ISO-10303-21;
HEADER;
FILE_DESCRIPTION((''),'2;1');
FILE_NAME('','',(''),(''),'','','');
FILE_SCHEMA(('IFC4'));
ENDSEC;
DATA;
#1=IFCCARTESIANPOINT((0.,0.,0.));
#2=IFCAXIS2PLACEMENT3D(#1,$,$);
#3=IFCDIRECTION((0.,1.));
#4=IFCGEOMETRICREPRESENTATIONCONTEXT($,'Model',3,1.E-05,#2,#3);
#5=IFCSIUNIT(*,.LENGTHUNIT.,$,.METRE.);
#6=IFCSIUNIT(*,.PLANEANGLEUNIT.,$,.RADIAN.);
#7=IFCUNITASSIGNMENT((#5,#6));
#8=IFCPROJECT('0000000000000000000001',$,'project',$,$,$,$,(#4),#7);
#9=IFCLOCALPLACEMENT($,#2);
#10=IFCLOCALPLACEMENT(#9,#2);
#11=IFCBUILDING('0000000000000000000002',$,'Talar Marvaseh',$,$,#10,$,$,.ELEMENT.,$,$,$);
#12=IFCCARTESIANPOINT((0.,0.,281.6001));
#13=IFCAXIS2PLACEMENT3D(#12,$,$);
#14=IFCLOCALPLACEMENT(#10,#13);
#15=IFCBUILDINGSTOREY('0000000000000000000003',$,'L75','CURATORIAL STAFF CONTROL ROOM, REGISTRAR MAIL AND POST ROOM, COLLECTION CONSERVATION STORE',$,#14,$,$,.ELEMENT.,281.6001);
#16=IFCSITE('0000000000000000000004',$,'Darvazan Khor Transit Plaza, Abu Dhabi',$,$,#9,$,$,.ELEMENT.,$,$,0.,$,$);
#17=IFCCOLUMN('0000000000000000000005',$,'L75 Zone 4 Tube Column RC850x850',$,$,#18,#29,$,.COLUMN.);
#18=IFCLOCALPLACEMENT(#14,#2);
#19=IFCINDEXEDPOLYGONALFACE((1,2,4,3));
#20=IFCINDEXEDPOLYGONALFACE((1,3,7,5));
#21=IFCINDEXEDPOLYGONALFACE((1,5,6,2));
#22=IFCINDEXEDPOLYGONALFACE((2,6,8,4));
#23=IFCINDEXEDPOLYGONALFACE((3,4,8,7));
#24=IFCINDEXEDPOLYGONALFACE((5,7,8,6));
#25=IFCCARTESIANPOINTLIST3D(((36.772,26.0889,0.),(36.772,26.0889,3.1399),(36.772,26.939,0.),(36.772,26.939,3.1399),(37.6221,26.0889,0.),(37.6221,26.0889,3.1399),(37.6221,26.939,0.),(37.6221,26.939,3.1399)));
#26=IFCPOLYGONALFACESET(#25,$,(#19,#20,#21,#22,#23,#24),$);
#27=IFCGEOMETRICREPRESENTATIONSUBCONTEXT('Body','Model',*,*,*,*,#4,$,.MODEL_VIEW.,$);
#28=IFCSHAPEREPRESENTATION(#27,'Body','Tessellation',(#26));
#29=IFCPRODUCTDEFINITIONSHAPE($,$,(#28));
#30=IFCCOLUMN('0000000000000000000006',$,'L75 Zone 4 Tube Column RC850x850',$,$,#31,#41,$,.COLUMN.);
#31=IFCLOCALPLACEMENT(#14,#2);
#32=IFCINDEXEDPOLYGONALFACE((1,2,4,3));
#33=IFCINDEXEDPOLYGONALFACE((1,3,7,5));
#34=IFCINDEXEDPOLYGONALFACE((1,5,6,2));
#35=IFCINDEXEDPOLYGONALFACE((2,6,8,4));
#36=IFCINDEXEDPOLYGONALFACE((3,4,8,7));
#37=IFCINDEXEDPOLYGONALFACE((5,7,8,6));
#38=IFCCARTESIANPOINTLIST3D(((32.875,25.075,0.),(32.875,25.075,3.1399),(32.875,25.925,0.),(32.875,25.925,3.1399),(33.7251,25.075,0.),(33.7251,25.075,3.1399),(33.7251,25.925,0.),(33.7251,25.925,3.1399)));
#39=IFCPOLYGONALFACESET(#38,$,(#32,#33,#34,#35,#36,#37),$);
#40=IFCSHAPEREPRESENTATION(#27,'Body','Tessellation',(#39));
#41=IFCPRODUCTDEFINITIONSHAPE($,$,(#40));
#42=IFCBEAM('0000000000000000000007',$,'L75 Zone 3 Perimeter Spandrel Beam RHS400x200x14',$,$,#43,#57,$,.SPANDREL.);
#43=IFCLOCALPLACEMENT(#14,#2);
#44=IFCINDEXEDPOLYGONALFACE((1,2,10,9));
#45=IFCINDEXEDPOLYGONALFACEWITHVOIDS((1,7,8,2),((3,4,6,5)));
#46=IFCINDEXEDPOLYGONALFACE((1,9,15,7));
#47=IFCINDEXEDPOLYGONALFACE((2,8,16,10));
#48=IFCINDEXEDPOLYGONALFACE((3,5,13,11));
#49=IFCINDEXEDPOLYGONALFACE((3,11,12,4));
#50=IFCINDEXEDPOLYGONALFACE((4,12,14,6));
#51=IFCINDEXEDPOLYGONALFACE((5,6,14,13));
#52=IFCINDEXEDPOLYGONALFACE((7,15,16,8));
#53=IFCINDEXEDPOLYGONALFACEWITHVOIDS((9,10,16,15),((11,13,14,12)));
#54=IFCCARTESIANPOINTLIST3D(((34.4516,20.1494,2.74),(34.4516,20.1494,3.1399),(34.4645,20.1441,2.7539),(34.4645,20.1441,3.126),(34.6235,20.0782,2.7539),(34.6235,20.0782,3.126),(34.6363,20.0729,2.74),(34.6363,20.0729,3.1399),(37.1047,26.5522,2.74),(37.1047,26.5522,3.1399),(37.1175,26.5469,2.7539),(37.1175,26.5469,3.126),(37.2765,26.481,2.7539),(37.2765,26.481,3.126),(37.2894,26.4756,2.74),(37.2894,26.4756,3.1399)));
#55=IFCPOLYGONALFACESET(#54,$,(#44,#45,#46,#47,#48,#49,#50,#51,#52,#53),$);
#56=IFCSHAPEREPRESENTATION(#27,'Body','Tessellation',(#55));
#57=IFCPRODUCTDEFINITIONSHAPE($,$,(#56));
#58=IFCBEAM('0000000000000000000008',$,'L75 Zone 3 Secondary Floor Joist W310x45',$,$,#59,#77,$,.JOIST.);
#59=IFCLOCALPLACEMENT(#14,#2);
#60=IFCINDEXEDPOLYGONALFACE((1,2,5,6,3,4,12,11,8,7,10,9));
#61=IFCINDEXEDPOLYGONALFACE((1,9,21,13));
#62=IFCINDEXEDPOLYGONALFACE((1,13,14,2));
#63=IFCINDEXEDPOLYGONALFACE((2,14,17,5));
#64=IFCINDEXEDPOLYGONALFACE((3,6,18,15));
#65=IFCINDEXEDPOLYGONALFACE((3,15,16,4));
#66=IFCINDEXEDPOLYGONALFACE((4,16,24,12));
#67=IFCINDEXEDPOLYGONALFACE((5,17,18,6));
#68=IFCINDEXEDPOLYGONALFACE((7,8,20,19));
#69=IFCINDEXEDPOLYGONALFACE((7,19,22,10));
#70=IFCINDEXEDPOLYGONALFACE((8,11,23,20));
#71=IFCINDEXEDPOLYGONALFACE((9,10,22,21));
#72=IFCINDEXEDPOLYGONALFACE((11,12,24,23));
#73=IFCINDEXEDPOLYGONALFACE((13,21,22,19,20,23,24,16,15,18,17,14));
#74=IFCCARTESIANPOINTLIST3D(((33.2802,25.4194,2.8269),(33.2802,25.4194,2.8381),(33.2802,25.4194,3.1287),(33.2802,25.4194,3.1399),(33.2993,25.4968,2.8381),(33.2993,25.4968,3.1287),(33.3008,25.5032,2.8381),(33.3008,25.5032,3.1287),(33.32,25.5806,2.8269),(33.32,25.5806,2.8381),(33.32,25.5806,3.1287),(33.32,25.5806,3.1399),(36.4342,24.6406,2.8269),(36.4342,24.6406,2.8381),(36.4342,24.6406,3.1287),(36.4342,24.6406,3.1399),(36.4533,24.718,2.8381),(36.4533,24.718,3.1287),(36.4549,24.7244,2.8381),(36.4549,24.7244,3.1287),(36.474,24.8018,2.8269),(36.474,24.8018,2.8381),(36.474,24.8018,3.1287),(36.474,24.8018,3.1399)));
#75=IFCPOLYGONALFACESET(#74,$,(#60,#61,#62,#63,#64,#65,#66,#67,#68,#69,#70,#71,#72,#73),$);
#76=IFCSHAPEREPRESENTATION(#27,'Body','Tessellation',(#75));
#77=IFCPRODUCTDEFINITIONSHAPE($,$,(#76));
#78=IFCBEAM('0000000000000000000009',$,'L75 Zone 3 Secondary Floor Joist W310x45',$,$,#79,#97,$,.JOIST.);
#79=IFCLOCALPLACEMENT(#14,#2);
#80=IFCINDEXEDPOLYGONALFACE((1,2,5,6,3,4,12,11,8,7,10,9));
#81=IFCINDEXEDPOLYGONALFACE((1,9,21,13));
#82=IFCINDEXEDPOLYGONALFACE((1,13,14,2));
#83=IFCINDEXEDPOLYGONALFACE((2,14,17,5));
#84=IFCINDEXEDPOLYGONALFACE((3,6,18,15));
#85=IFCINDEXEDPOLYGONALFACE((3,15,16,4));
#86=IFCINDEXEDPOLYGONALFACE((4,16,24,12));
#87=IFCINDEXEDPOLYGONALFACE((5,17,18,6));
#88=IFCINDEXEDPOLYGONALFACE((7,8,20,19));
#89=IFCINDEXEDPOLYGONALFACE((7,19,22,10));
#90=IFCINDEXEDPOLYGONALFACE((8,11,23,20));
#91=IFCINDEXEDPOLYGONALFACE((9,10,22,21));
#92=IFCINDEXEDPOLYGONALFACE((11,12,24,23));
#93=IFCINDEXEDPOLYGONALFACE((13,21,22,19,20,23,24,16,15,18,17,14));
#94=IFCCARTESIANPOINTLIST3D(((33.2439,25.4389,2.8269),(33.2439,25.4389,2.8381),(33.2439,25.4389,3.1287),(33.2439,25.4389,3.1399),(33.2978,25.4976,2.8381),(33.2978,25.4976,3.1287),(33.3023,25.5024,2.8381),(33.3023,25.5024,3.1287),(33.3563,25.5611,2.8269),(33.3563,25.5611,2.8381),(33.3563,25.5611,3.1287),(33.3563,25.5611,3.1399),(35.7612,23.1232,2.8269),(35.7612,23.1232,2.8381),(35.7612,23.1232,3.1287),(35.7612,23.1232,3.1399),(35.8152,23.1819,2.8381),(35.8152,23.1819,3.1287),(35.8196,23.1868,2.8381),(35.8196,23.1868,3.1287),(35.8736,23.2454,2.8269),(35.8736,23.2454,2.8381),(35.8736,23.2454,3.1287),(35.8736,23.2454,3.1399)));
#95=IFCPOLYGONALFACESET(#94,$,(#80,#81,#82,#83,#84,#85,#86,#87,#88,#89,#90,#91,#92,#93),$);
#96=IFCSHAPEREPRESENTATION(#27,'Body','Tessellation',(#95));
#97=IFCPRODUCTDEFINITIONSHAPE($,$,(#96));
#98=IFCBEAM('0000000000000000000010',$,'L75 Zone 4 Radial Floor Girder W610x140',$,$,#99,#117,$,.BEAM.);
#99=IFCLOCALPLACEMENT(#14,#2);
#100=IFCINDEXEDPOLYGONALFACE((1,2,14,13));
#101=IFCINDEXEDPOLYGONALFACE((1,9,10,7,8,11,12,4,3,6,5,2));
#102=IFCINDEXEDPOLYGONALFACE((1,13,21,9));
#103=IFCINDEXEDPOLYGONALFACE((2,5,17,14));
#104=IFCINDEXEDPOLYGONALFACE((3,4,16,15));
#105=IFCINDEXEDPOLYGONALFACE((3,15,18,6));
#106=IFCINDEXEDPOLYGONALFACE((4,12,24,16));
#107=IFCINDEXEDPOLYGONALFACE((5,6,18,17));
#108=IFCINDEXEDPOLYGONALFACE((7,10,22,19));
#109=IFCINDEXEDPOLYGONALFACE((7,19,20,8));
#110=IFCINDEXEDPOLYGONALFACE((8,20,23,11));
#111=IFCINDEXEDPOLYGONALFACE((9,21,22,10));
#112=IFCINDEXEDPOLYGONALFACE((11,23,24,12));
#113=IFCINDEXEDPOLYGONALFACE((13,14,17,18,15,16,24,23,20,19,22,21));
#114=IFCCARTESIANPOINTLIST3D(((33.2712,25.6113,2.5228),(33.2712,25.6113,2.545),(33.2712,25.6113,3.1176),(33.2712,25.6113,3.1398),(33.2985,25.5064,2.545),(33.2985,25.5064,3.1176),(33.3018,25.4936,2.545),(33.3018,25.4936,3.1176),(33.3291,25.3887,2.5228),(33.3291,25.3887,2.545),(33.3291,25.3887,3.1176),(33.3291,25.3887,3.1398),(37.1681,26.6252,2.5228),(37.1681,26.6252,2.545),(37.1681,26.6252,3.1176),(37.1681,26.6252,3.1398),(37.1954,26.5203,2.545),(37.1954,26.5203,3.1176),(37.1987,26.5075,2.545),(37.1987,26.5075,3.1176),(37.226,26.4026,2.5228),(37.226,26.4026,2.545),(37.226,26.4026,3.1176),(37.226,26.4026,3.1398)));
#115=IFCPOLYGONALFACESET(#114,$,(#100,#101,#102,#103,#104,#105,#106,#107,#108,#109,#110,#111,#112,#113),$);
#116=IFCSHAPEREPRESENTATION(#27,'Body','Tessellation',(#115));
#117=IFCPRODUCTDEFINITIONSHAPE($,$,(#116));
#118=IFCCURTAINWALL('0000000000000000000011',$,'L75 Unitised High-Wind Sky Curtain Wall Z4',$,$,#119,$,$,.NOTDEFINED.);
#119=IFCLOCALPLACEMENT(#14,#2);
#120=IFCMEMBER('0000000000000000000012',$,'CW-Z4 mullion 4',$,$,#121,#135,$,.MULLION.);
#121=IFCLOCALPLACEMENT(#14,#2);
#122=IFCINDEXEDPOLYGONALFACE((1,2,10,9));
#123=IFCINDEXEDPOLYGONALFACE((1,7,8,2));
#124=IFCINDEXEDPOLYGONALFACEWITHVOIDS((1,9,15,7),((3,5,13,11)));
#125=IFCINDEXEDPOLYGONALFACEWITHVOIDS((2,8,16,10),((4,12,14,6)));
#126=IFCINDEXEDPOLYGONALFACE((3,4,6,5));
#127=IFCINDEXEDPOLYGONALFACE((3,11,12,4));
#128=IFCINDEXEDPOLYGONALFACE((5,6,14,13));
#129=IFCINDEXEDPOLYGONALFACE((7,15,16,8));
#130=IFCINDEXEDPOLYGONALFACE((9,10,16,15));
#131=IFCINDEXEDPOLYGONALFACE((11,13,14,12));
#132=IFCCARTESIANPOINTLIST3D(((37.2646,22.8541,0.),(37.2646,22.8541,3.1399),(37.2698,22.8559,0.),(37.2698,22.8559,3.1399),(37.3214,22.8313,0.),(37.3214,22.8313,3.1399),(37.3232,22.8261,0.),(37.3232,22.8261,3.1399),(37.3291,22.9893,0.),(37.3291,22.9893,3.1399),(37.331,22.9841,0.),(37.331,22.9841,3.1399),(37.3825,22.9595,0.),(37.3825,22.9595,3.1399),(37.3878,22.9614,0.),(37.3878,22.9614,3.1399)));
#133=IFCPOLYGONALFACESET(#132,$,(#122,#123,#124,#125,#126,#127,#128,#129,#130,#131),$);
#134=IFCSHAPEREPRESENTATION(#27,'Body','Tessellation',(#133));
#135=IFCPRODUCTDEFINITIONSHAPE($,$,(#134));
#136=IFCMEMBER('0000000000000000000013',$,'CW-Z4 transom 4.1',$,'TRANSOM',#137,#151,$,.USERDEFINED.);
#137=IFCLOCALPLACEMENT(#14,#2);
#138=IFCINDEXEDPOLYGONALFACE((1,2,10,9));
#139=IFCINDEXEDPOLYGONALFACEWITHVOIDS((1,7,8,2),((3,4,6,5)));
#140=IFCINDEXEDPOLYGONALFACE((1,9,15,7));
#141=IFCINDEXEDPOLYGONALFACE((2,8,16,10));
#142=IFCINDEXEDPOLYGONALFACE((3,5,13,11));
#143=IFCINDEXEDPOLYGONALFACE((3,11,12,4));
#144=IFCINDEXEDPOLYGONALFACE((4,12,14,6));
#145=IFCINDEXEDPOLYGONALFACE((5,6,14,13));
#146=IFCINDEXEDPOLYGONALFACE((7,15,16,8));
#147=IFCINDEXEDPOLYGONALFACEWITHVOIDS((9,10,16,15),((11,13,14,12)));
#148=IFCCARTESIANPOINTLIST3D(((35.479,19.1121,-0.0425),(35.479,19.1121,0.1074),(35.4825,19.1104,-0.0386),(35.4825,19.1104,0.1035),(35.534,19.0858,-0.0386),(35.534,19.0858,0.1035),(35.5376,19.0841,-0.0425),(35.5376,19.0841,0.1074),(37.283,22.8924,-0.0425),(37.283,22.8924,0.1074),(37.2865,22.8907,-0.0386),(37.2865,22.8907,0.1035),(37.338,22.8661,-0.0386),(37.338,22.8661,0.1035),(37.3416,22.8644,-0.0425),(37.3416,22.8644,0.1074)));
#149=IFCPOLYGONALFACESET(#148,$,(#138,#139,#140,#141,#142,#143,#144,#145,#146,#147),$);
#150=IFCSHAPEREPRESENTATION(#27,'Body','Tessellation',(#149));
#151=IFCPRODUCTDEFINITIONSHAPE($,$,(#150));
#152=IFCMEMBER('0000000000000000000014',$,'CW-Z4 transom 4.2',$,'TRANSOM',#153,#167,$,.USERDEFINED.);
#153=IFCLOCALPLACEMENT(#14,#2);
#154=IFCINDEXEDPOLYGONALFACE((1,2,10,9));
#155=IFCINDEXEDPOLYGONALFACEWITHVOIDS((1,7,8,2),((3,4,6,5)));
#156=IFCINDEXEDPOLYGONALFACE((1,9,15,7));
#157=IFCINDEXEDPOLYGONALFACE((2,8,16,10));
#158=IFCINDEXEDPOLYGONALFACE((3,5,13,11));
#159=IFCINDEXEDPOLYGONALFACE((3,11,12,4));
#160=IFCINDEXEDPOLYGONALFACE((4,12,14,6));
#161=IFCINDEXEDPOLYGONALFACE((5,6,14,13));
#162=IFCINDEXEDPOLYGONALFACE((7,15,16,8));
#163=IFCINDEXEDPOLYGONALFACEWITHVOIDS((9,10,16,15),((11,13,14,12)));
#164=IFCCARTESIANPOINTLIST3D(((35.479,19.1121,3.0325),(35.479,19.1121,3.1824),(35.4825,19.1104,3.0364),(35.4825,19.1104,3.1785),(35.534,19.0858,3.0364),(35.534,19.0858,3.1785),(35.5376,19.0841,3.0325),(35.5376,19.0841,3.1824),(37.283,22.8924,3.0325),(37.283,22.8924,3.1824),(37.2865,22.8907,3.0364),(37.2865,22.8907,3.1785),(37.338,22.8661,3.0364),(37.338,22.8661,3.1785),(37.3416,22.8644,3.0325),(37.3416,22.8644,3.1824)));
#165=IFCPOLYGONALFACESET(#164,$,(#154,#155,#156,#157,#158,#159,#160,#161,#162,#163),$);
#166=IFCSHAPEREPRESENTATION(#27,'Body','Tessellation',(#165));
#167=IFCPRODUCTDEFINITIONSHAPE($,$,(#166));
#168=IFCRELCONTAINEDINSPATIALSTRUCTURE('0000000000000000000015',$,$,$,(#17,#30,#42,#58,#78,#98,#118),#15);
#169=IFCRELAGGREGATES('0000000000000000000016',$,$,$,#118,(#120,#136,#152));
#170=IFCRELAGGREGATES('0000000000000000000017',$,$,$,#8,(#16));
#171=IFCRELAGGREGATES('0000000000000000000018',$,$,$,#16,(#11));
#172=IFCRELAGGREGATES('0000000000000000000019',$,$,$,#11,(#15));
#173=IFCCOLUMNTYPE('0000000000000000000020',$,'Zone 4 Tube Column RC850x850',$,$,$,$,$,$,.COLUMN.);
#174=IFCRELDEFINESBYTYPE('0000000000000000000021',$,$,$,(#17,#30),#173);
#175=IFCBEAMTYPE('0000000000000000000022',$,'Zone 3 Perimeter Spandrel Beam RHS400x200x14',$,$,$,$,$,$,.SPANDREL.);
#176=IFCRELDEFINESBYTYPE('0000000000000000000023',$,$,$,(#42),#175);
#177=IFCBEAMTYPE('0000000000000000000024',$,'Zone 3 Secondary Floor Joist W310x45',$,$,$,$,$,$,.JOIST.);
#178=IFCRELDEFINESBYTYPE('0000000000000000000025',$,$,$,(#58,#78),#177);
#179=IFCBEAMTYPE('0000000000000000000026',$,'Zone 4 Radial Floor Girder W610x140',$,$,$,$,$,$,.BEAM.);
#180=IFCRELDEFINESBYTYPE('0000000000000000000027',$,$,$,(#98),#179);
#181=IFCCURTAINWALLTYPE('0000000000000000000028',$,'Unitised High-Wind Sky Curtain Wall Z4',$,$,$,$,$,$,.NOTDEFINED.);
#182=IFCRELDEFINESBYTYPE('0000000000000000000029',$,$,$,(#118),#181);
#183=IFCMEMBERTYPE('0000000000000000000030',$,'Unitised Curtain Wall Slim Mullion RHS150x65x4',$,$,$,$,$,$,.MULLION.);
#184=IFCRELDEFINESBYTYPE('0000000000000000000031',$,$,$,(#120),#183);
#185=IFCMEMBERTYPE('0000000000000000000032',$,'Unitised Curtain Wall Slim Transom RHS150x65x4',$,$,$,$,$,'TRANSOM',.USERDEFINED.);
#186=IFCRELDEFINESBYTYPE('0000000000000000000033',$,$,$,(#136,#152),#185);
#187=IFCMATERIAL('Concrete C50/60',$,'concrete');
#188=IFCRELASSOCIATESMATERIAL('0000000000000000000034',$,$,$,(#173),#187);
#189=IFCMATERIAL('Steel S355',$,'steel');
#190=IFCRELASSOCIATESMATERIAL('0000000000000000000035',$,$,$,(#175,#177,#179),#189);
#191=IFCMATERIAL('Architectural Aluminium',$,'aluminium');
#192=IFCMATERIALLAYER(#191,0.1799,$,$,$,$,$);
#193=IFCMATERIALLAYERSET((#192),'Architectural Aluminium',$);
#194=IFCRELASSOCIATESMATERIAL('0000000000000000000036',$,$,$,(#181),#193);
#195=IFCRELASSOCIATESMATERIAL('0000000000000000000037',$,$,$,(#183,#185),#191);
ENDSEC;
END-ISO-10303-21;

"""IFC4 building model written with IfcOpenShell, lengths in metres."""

from ifc_helpers import new_model, si_unit, direction, frame, origin, origin_2d, place, context, subcontext, project, spatial, rectangle, hollow_rectangle, i_section, extrude, source, transform, mapped, material, layer, layer_set, material_profile, profile_set, type_object, type_shapes, element, aggregate, save


model = new_model("IFC4")

# Units and contexts
model_context = context("Model", 3, precision=1e-05, world=origin(), true_north=direction((0.0, 1.0)))
body_context = subcontext(model_context, "Body", "Model", "MODEL_VIEW")
ifc_project = project(units=[si_unit("LENGTHUNIT", "METRE"), si_unit("PLANEANGLEUNIT", "RADIAN")], contexts=[model_context])

# Site, building, storey
site_placement = place(None, origin())
site = spatial("IfcSite", under=ifc_project, at=site_placement, Name="Darvazan Khor Transit Plaza, Abu Dhabi", CompositionType="ELEMENT", RefElevation=0.0)
building_placement = place(site_placement, origin())
building = spatial("IfcBuilding", under=site, at=building_placement, Name="Talar Marvaseh", CompositionType="ELEMENT")
storey_placement = place(building_placement, frame((0.0, 0.0, 281.6001)))
storey = spatial("IfcBuildingStorey", under=building, at=storey_placement, Name="L75", Description="CURATORIAL STAFF CONTROL ROOM, REGISTRAR MAIL AND POST ROOM, COLLECTION CONSERVATION STORE", CompositionType="ELEMENT", Elevation=281.6001)

# Columns
ifc_material_1 = material(Name="Concrete C50/60", Category="concrete")
ifc_material_profile_1 = material_profile(ifc_material_1, rectangle(XDim=0.8501, YDim=0.8501, at=origin_2d()), Name="RC850x850")
ifc_profile_set_1 = profile_set([ifc_material_profile_1], Name="Concrete C50/60")
column_type = type_object("IfcColumnType", Name="Zone 4 Tube Column RC850x850", PredefinedType="COLUMN", material=ifc_profile_set_1)
for number, where, z_axis, x_axis, name in (
    (1, (37.197, 26.5139, 0.0), (0.0, 0.0, 1.0), (1.0, 0.0, 0.0), "L75 Zone 4 Tube Column RC850x850"),
    (2, (33.3, 25.5, 0.0), (0.0, 0.0, 1.0), (1.0, 0.0, 0.0), "L75 Zone 4 Tube Column RC850x850"),
):
    element("IfcColumn", number, at=place(storey_placement, frame(where, z_axis=z_axis, x_axis=x_axis)), inside=storey, type_object=column_type, Name=name, PredefinedType="COLUMN", context=body_context, shape_type="SweptSolid", body=[
        extrude(rectangle(XDim=0.8501, YDim=0.8501, at=origin_2d()), origin(), (0.0, 0.0, 1.0), 3.1399),
    ])

# Beams
ifc_material_2 = material(Name="Steel S355", Category="steel")
ifc_material_profile_2 = material_profile(ifc_material_2, hollow_rectangle(XDim=0.2, YDim=0.3999, WallThickness=0.0139, at=origin_2d()), Name="RHS400x200x14")
ifc_profile_set_2 = profile_set([ifc_material_profile_2], Name="Steel S355")
beam_type_1 = type_object("IfcBeamType", Name="Zone 3 Perimeter Spandrel Beam RHS400x200x14", PredefinedType="SPANDREL", material=ifc_profile_set_2)
beam_1_placement = place(storey_placement, frame((37.197, 26.5139, 2.9399), z_axis=(-0.382799, -0.923832, 0.0), x_axis=(0.923832, -0.382799, 0.0)))
element("IfcBeam", 3, at=beam_1_placement, inside=storey, type_object=beam_type_1, Name="L75 Zone 3 Perimeter Spandrel Beam RHS400x200x14", PredefinedType="SPANDREL", context=body_context, shape_type="SweptSolid", body=[
    extrude(hollow_rectangle(XDim=0.2, YDim=0.3999, WallThickness=0.0139, at=origin_2d()), origin(), (0.0, 0.0, 1.0), 6.9307),
])
ifc_material_profile_3 = material_profile(ifc_material_2, i_section(OverallWidth=0.166, OverallDepth=0.313, WebThickness=0.0066, FlangeThickness=0.0112, at=origin_2d()), Name="W310x45")
ifc_profile_set_3 = profile_set([ifc_material_profile_3], Name="Steel S355")
beam_type_2 = type_object("IfcBeamType", Name="Zone 3 Secondary Floor Joist W310x45", PredefinedType="JOIST", material=ifc_profile_set_3)
beam_2_placement = place(storey_placement, frame((36.4541, 24.7212, 2.9834), z_axis=(-0.970841, 0.239723, 0.0), x_axis=(-0.239723, -0.970841, 0.0)))
element("IfcBeam", 4, at=beam_2_placement, inside=storey, type_object=beam_type_2, Name="L75 Zone 3 Secondary Floor Joist W310x45", PredefinedType="JOIST", context=body_context, shape_type="SweptSolid", body=[
    extrude(i_section(OverallWidth=0.166, OverallDepth=0.313, WebThickness=0.0066, FlangeThickness=0.0112, at=origin_2d()), origin(), (0.0, 0.0, 1.0), 3.2488),
])
beam_3_placement = place(storey_placement, frame((35.8174, 23.1843, 2.9834), z_axis=(-0.735971, 0.677013, 0.0), x_axis=(-0.677013, -0.735971, 0.0)))
element("IfcBeam", 5, at=beam_3_placement, inside=storey, type_object=beam_type_2, Name="L75 Zone 3 Secondary Floor Joist W310x45", PredefinedType="JOIST", context=body_context, shape_type="SweptSolid", body=[
    extrude(i_section(OverallWidth=0.166, OverallDepth=0.313, WebThickness=0.0066, FlangeThickness=0.0112, at=origin_2d()), origin(), (0.0, 0.0, 1.0), 3.4204),
])
ifc_material_profile_4 = material_profile(ifc_material_2, i_section(OverallWidth=0.23, OverallDepth=0.6169, WebThickness=0.0132, FlangeThickness=0.0222, at=origin_2d()), Name="W610x140")
ifc_profile_set_4 = profile_set([ifc_material_profile_4], Name="Steel S355")
beam_type_3 = type_object("IfcBeamType", Name="Zone 4 Radial Floor Girder W610x140", PredefinedType="BEAM", material=ifc_profile_set_4)
beam_4_placement = place(storey_placement, frame((37.197, 26.5139, 2.8313), z_axis=(-0.96778, -0.251797, 0.0), x_axis=(0.251797, -0.96778, 0.0)))
element("IfcBeam", 6, at=beam_4_placement, inside=storey, type_object=beam_type_3, Name="L75 Zone 4 Radial Floor Girder W610x140", PredefinedType="BEAM", context=body_context, shape_type="SweptSolid", body=[
    extrude(i_section(OverallWidth=0.23, OverallDepth=0.6169, WebThickness=0.0132, FlangeThickness=0.0222, at=origin_2d()), origin(), (0.0, 0.0, 1.0), 4.0266),
])

# Curtain wall, members
ifc_material_3 = material(Name="Architectural Aluminium", Category="aluminium")
ifc_layer_1 = layer(ifc_material_3, 0.1799)
ifc_layer_set_1 = layer_set([ifc_layer_1], Name="Architectural Aluminium")
curtain_wall_type = type_object("IfcCurtainWallType", Name="Unitised High-Wind Sky Curtain Wall Z4", PredefinedType="NOTDEFINED", material=ifc_layer_set_1)
curtain_wall_placement = place(storey_placement, origin())
curtain_wall = element("IfcCurtainWall", 7, at=curtain_wall_placement, inside=storey, type_object=curtain_wall_type, Name="L75 Unitised High-Wind Sky Curtain Wall Z4", PredefinedType="NOTDEFINED")
ifc_material_profile_5 = material_profile(ifc_material_3, hollow_rectangle(XDim=0.0649, YDim=0.1499, WallThickness=0.0039, at=origin_2d()), Name="RHS150x65x4")
ifc_profile_set_5 = profile_set([ifc_material_profile_5], Name="Architectural Aluminium")
member_type_1 = type_object("IfcMemberType", Name="Unitised Curtain Wall Slim Mullion RHS150x65x4", PredefinedType="MULLION", material=ifc_profile_set_5)
shared_shape_1 = source(origin(), body_context, "Body", "SweptSolid", [
    extrude(hollow_rectangle(XDim=0.0649, YDim=0.1499, WallThickness=0.0039, at=origin_2d()), origin(), (0.0, 0.0, 1.0), 3.1399),
])
type_shapes(member_type_1, [shared_shape_1])
member_1_placement = place(storey_placement, frame((37.3262, 22.9077, 0.0), z_axis=(0.0, 0.0, 1.0), x_axis=(0.902517, -0.430655, 0.0)))
member_1 = element("IfcMember", 8, at=member_1_placement, type_object=member_type_1, Name="CW-Z4 mullion 4", PredefinedType="MULLION", context=body_context, shape_type="MappedRepresentation", body=[
    mapped(shared_shape_1, transform((0.0, 0.0, 0.0), x_axis=(1.0, 0.0, 0.0), y_axis=(0.0, 1.0, 0.0), z_axis=(0.0, 0.0, 1.0), scale=1.0)),
])
ifc_material_profile_6 = material_profile(ifc_material_3, hollow_rectangle(XDim=0.0649, YDim=0.1499, WallThickness=0.0039, at=origin_2d()), Name="RHS150x65x4")
ifc_profile_set_6 = profile_set([ifc_material_profile_6], Name="Architectural Aluminium")
member_type_2 = type_object("IfcMemberType", Name="Unitised Curtain Wall Slim Transom RHS150x65x4", ElementType="TRANSOM", PredefinedType="USERDEFINED", material=ifc_profile_set_6)
shared_shape_2 = source(origin(), body_context, "Body", "SweptSolid", [
    extrude(hollow_rectangle(XDim=0.0649, YDim=0.1499, WallThickness=0.0039, at=origin_2d()), origin(), (0.0, 0.0, 1.0), 4.1887),
])
member_2_placement = place(storey_placement, frame((37.3123, 22.8784, 0.0325), z_axis=(-0.430678, -0.902506, 0.0), x_axis=(0.902506, -0.430678, 0.0)))
member_2 = element("IfcMember", 9, at=member_2_placement, type_object=member_type_2, Name="CW-Z4 transom 4.1", ObjectType="TRANSOM", PredefinedType="USERDEFINED", context=body_context, shape_type="MappedRepresentation", body=[
    mapped(shared_shape_2, transform((0.0, 0.0, 0.0), x_axis=(1.0, 0.0, 0.0), y_axis=(0.0, 1.0, 0.0), z_axis=(0.0, 0.0, 1.0), scale=1.0)),
])
member_3_placement = place(storey_placement, frame((37.3123, 22.8784, 3.1074), z_axis=(-0.430678, -0.902506, 0.0), x_axis=(0.902506, -0.430678, 0.0)))
member_3 = element("IfcMember", 10, at=member_3_placement, type_object=member_type_2, Name="CW-Z4 transom 4.2", ObjectType="TRANSOM", PredefinedType="USERDEFINED", context=body_context, shape_type="MappedRepresentation", body=[
    mapped(shared_shape_2, transform((0.0, 0.0, 0.0), x_axis=(1.0, 0.0, 0.0), y_axis=(0.0, 1.0, 0.0), z_axis=(0.0, 0.0, 1.0), scale=1.0)),
])
aggregate(curtain_wall, [member_1, member_2, member_3])

save(model, "model.ifc")
